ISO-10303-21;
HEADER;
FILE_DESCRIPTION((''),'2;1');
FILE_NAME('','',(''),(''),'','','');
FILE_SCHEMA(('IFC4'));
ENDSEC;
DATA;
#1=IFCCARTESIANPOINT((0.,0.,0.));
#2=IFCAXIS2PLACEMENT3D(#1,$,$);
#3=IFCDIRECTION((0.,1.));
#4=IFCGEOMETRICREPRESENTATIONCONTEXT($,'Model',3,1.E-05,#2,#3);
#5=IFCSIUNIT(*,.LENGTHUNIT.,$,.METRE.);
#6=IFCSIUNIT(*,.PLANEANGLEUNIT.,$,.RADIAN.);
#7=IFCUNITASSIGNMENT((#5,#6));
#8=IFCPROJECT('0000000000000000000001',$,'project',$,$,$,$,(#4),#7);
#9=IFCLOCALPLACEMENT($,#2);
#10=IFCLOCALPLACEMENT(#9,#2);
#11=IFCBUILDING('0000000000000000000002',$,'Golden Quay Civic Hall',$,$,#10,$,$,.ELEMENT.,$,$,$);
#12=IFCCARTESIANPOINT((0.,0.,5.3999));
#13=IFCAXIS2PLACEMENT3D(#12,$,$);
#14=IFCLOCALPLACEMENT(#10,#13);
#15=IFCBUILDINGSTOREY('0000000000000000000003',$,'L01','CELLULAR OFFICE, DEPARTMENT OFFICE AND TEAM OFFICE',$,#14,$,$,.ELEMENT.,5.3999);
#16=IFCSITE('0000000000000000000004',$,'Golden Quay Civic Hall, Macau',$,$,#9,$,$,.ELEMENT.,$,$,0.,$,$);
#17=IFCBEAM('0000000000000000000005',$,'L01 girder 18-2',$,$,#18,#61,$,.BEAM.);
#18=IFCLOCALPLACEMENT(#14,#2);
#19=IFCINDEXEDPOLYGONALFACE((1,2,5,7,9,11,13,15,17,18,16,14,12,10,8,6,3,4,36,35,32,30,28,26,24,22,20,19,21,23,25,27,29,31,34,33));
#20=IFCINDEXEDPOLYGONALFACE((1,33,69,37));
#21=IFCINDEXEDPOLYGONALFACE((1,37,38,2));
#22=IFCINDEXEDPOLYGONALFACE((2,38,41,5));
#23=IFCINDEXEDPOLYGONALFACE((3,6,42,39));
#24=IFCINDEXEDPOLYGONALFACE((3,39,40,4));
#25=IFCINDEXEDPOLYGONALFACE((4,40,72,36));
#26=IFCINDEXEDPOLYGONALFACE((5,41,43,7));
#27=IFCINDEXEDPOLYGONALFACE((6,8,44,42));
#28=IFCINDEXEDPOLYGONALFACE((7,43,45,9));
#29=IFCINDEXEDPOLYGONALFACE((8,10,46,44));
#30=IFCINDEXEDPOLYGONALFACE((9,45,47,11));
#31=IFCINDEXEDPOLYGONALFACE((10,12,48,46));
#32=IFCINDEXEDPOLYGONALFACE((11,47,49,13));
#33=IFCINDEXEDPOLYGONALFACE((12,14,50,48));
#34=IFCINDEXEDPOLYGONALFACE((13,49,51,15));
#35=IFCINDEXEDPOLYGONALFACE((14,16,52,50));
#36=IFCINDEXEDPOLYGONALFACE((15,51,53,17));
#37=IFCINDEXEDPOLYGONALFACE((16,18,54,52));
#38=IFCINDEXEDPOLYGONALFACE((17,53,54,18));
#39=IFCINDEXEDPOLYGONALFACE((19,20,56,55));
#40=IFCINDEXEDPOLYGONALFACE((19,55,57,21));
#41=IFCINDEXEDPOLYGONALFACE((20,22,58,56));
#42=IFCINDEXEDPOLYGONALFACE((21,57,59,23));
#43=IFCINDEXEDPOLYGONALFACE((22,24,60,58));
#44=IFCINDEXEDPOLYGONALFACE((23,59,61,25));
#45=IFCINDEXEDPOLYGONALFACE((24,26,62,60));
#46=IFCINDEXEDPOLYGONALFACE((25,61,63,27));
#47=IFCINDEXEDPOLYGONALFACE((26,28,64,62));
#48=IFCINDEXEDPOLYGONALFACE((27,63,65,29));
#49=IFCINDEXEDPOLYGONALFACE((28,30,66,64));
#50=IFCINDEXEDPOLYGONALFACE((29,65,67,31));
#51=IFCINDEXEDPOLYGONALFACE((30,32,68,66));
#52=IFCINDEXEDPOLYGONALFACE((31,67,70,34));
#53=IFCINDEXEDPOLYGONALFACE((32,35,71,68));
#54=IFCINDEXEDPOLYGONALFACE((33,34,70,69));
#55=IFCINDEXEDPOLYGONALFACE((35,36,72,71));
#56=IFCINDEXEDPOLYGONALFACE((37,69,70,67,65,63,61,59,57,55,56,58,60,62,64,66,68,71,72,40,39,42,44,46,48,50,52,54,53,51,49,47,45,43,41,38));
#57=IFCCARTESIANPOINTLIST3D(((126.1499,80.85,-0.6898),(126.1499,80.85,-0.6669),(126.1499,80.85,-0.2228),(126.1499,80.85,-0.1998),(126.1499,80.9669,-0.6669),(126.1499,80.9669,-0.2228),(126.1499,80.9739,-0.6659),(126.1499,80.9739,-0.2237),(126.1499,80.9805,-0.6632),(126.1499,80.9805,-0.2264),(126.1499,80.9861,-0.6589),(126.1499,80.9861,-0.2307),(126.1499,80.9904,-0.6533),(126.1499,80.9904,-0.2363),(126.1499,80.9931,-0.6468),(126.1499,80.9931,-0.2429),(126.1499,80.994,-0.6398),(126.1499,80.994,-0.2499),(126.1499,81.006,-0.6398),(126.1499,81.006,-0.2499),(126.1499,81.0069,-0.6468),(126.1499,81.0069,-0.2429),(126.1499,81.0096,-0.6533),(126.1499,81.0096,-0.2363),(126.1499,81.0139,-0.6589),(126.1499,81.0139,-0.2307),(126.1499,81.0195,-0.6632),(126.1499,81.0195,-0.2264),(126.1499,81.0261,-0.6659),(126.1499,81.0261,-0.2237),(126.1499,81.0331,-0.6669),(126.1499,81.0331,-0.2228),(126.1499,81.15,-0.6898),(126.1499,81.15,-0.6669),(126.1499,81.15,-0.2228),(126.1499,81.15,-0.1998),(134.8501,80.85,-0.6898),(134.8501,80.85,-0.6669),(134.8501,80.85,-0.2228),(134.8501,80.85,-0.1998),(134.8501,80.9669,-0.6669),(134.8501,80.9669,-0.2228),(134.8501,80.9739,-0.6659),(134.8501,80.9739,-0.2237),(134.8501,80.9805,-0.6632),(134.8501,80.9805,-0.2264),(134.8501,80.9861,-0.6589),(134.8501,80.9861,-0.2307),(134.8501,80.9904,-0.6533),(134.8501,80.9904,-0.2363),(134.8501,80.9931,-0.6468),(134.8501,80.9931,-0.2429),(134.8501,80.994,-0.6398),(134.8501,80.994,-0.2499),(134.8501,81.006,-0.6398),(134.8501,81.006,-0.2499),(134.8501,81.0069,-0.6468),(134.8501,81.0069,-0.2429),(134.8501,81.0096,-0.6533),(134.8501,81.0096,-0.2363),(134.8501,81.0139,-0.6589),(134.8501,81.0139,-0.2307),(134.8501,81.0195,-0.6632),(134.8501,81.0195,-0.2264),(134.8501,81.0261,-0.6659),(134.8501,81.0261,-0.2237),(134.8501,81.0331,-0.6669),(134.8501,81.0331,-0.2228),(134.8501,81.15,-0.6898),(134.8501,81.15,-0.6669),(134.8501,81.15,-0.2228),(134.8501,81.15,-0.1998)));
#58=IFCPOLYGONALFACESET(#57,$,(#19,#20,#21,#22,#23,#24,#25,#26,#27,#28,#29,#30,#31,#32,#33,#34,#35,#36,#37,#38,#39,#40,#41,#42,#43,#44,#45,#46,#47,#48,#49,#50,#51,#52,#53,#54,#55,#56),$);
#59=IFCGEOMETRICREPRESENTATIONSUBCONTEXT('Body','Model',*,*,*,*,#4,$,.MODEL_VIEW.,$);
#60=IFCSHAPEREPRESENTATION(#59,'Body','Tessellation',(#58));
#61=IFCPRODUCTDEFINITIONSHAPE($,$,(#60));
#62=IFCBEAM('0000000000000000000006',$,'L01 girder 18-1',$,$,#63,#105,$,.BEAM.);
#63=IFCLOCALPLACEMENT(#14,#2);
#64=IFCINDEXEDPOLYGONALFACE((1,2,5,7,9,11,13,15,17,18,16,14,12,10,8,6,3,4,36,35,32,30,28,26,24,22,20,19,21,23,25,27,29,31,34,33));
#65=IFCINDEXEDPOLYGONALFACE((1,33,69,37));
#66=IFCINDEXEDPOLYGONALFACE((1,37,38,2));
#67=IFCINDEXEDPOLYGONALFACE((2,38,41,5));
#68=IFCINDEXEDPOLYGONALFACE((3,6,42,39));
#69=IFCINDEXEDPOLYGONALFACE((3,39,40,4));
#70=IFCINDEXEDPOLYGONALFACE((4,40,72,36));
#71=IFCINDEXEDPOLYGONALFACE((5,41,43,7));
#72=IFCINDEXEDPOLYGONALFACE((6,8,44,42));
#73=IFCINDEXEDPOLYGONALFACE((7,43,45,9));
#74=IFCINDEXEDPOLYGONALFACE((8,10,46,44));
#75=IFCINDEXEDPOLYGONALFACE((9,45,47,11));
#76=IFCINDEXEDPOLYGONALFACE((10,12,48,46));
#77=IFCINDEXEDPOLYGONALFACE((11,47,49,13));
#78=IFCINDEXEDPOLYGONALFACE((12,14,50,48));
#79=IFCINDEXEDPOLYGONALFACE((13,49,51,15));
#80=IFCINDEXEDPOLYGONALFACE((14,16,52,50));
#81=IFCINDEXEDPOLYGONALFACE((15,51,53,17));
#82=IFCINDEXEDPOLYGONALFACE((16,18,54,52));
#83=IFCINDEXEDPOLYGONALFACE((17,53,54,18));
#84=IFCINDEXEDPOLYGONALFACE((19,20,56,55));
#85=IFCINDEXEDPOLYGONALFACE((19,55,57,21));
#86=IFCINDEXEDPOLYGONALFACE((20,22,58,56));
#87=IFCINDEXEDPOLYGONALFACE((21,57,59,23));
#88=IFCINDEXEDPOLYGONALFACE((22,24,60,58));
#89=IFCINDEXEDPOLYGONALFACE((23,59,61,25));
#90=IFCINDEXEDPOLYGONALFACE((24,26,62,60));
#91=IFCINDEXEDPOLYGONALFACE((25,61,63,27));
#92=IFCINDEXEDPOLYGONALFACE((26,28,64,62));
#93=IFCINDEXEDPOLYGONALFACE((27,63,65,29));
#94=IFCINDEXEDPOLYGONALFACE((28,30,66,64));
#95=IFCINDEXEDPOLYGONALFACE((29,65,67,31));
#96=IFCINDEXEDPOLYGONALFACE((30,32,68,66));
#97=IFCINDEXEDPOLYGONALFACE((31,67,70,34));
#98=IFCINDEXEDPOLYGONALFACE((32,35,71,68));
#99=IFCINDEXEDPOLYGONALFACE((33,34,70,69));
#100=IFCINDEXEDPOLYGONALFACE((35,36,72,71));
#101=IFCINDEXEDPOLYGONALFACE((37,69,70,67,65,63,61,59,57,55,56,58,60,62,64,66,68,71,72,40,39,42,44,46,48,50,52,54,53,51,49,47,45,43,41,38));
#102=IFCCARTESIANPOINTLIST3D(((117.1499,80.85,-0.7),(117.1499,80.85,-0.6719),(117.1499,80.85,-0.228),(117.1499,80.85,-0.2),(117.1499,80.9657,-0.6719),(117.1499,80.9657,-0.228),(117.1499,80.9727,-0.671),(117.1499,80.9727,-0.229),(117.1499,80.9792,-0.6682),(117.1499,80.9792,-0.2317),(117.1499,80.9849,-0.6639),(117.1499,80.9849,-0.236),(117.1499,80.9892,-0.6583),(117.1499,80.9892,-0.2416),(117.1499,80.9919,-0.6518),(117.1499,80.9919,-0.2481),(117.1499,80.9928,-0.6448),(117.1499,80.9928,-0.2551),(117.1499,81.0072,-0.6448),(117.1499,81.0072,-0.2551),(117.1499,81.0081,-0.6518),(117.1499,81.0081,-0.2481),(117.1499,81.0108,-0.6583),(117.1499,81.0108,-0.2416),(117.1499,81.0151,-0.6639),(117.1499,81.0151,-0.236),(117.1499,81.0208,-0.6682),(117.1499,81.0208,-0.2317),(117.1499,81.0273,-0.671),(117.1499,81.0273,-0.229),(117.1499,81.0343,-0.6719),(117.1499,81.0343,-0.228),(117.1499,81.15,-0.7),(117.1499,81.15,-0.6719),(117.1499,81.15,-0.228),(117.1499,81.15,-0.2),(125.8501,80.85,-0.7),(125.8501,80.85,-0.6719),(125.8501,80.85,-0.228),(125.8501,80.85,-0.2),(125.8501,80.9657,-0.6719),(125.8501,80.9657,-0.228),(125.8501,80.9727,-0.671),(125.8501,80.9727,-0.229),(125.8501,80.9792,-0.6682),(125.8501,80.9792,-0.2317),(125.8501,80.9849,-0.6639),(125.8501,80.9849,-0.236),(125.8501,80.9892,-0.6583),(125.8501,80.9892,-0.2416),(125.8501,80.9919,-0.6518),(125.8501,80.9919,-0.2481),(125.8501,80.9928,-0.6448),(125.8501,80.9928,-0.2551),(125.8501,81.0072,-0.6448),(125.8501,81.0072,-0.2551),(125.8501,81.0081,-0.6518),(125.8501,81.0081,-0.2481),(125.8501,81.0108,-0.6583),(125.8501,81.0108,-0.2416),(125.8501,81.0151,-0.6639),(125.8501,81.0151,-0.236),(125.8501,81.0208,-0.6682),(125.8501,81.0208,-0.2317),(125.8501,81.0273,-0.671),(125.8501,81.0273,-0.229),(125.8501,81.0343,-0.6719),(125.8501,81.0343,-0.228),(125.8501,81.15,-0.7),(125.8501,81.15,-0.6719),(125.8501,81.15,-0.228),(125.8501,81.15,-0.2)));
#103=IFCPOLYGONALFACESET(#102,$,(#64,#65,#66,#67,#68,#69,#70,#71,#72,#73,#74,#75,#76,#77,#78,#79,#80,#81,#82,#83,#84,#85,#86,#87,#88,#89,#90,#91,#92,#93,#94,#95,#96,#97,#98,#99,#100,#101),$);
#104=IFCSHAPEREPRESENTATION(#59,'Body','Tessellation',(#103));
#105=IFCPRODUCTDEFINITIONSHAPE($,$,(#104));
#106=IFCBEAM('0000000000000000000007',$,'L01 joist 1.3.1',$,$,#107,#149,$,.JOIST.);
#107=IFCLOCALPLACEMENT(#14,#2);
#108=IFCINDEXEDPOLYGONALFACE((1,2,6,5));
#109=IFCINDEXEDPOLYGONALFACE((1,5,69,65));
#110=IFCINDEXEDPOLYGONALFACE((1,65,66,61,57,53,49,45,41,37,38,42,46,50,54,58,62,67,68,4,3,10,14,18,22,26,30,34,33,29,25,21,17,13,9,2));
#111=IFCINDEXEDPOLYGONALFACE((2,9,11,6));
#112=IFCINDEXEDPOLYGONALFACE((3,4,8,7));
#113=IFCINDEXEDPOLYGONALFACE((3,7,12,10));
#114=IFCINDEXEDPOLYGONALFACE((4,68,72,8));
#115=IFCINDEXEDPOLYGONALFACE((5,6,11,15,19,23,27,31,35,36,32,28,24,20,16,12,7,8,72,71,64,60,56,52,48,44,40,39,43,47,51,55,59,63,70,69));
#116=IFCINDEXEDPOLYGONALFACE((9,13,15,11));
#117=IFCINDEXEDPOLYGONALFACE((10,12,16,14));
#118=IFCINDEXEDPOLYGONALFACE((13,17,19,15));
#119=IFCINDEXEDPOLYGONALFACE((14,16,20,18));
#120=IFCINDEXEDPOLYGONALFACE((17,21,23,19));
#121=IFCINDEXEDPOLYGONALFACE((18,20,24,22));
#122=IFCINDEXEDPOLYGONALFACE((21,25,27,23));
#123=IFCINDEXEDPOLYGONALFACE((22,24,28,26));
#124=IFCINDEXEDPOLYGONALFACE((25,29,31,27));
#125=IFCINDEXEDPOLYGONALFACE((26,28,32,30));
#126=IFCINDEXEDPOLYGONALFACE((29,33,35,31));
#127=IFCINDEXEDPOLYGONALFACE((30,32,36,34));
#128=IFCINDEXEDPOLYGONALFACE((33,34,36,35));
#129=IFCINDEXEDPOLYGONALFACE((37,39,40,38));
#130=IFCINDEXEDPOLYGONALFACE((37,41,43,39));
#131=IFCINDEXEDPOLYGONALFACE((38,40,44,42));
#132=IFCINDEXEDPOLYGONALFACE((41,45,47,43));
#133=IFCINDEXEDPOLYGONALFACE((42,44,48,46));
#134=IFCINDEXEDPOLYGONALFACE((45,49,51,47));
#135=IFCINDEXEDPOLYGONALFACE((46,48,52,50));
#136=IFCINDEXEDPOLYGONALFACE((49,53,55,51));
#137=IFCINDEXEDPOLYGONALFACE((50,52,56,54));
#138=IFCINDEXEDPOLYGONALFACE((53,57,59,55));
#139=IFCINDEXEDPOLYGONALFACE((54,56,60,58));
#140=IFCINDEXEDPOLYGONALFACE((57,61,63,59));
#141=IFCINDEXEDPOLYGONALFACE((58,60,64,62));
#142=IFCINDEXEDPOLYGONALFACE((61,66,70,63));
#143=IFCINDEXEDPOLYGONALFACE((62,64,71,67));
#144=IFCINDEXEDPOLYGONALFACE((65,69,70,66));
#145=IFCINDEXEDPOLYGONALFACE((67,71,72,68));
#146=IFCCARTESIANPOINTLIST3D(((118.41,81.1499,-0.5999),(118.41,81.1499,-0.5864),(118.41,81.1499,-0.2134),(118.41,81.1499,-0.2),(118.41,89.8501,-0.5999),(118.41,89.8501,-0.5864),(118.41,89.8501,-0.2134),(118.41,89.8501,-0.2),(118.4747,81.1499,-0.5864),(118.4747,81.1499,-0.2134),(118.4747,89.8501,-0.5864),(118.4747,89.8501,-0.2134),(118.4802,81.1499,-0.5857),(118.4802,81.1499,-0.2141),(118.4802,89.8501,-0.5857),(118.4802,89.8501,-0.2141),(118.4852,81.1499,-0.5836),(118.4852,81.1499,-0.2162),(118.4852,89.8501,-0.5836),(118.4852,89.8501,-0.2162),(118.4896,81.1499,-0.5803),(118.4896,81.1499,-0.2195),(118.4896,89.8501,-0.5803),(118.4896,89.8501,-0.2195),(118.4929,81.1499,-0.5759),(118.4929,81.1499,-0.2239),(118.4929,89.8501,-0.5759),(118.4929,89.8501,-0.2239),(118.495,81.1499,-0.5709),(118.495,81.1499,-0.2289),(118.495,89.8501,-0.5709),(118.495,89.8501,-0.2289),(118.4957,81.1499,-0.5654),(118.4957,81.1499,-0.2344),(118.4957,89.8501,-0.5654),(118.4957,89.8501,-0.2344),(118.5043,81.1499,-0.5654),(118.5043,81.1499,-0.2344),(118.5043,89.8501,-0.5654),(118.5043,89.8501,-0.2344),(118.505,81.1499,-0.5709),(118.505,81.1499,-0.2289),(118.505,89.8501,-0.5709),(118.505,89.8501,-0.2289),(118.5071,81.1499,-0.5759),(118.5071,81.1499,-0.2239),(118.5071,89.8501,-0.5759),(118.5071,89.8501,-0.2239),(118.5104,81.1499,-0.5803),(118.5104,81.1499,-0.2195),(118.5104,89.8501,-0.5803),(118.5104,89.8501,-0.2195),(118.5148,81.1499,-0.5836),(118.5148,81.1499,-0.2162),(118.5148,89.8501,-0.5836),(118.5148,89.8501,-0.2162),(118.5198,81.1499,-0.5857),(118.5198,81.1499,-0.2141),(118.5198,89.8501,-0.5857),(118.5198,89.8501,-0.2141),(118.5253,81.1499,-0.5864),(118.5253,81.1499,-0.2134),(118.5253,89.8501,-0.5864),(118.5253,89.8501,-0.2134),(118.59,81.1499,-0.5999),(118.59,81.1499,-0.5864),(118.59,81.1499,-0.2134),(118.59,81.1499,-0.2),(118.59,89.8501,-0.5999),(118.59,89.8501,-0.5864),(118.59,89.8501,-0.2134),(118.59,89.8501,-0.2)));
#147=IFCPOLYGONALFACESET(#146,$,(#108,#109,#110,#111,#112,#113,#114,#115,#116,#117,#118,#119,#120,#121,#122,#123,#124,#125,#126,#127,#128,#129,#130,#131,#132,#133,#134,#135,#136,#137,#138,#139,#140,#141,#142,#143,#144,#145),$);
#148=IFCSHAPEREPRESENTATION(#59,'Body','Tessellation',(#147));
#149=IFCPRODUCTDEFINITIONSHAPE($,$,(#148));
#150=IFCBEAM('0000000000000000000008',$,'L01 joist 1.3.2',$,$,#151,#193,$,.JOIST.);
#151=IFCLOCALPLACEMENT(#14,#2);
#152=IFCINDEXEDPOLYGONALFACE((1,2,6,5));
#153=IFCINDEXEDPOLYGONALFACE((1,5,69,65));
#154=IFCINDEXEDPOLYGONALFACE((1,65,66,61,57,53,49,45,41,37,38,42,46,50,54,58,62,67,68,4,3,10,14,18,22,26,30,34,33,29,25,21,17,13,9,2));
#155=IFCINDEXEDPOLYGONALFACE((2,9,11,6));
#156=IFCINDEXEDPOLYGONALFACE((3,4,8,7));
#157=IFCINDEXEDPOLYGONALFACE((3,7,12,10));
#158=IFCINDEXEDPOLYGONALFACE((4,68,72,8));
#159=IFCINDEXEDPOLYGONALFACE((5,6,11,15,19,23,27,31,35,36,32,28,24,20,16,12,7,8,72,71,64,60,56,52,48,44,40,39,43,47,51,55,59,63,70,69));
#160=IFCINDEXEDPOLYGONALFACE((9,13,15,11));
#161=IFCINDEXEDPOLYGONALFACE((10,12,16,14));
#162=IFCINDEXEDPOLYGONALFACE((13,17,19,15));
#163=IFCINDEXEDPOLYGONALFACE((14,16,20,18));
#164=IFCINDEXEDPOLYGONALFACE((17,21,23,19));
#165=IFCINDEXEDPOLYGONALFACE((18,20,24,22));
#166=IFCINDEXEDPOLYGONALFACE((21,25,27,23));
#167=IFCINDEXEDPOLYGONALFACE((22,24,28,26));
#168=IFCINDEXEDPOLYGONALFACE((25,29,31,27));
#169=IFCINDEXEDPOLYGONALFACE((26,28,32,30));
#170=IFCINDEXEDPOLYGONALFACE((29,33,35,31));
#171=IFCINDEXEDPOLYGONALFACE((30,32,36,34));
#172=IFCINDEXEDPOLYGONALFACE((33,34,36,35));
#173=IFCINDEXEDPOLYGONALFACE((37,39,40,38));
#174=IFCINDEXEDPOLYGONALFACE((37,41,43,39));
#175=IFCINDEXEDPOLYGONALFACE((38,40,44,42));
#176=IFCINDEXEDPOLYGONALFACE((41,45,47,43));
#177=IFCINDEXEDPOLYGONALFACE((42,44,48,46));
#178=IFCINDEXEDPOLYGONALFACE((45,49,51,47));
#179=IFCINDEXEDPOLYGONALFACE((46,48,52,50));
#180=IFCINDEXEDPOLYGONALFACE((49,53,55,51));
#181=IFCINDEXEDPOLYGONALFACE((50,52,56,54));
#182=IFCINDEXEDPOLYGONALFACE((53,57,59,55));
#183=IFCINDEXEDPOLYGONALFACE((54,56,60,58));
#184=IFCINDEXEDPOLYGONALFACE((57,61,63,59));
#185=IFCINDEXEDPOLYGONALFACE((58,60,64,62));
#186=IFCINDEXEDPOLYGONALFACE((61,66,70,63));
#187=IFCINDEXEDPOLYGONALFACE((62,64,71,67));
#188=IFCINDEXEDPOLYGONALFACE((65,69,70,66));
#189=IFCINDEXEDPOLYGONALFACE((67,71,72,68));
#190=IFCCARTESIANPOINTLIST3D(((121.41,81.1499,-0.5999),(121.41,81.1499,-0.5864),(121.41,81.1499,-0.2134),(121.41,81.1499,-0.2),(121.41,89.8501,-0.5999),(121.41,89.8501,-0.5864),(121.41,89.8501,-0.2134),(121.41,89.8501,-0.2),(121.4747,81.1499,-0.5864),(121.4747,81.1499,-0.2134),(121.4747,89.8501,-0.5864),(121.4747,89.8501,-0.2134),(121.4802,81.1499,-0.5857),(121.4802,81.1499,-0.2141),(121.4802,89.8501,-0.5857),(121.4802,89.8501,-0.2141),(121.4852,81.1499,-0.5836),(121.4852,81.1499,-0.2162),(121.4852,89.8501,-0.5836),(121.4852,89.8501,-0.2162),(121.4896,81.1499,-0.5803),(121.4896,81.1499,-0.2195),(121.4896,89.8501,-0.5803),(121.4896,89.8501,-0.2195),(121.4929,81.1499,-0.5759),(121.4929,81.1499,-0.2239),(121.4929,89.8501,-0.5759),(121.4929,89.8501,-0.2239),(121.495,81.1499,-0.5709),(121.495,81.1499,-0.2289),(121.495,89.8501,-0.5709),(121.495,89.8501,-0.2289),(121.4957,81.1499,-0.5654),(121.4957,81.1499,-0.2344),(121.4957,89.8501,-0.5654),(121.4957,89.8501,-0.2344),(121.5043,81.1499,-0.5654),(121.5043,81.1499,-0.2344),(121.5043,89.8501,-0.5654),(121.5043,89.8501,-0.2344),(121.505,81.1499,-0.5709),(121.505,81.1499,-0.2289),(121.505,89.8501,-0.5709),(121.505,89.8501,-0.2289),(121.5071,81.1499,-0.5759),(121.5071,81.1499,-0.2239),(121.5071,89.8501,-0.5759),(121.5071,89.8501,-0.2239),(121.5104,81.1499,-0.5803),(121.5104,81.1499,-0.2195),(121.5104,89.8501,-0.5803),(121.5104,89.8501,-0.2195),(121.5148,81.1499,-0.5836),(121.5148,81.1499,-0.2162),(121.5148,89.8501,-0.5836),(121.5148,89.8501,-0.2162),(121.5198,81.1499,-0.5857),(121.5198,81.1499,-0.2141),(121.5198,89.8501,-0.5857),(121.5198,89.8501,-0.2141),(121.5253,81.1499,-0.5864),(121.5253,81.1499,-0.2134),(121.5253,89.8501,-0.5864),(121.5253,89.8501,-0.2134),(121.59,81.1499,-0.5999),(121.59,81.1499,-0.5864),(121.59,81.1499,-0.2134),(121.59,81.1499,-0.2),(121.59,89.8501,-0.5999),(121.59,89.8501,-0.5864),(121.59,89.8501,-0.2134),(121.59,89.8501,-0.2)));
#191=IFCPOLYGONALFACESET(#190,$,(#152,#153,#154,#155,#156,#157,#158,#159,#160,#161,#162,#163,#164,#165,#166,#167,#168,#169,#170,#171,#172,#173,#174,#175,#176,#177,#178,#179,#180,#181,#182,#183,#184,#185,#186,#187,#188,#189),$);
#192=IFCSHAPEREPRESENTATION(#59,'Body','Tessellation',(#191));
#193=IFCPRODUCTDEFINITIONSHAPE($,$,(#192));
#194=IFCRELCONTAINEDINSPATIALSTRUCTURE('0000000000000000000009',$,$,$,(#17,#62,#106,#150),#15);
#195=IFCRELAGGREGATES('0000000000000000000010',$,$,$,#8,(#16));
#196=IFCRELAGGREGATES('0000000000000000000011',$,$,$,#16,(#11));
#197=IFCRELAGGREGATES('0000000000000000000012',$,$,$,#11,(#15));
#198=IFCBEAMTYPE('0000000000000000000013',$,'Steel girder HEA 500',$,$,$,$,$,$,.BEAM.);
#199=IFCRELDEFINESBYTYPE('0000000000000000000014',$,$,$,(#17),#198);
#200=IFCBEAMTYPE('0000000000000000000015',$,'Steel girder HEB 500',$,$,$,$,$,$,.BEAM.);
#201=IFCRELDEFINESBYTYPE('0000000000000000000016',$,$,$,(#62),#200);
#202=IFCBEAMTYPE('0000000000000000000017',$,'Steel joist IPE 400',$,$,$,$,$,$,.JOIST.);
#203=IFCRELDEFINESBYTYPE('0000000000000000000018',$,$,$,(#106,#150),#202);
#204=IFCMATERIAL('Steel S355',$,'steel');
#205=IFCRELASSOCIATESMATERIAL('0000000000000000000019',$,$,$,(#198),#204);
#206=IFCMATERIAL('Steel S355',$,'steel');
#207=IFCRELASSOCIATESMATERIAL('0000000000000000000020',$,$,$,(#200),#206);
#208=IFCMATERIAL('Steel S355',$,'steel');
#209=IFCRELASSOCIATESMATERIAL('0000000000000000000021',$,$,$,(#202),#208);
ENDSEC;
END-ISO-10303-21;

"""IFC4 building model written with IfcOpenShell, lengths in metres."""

from ifc_helpers import new_model, si_unit, direction, frame, origin, origin_2d, place, context, subcontext, project, spatial, i_section, extrude, material, material_profile, profile_set, type_object, element, save


model = new_model("IFC4")

# Units and contexts
model_context = context("Model", 3, precision=1e-05, world=origin(), true_north=direction((0.0, 1.0)))
body_context = subcontext(model_context, "Body", "Model", "MODEL_VIEW")
ifc_project = project(units=[si_unit("LENGTHUNIT", "METRE"), si_unit("PLANEANGLEUNIT", "RADIAN")], contexts=[model_context])

# Site, building, storey
site_placement = place(None, origin())
site = spatial("IfcSite", under=ifc_project, at=site_placement, Name="Golden Quay Civic Hall, Macau", CompositionType="ELEMENT", RefElevation=0.0)
building_placement = place(site_placement, origin())
building = spatial("IfcBuilding", under=site, at=building_placement, Name="Golden Quay Civic Hall", CompositionType="ELEMENT")
storey_placement = place(building_placement, frame((0.0, 0.0, 5.3999)))
storey = spatial("IfcBuildingStorey", under=building, at=storey_placement, Name="L01", Description="CELLULAR OFFICE, DEPARTMENT OFFICE AND TEAM OFFICE", CompositionType="ELEMENT", Elevation=5.3999)

# Beams
ifc_material_1 = material(Name="Steel S355", Category="steel")
ifc_material_profile_1 = material_profile(ifc_material_1, i_section(OverallWidth=0.3, OverallDepth=0.49, WebThickness=0.012, FlangeThickness=0.0229, FilletRadius=0.0271, at=origin_2d()), Name="HEA 500")
ifc_profile_set_1 = profile_set([ifc_material_profile_1], Name="Steel S355")
beam_type_1 = type_object("IfcBeamType", Name="Steel girder HEA 500", PredefinedType="BEAM", material=ifc_profile_set_1)
beam_1_placement = place(storey_placement, frame((126.1499, 81.0, -0.4448), z_axis=(1.0, 0.0, 0.0), x_axis=(0.0, 1.0, 0.0)))
element("IfcBeam", 1, at=beam_1_placement, inside=storey, type_object=beam_type_1, Name="L01 girder 18-2", PredefinedType="BEAM", context=body_context, shape_type="SweptSolid", body=[
    extrude(i_section(OverallWidth=0.3, OverallDepth=0.49, WebThickness=0.012, FlangeThickness=0.0229, FilletRadius=0.0271, at=origin_2d()), origin(), (0.0, 0.0, 1.0), 8.7002),
])
ifc_material_2 = material(Name="Steel S355", Category="steel")
ifc_material_profile_2 = material_profile(ifc_material_2, i_section(OverallWidth=0.3, OverallDepth=0.5, WebThickness=0.0144, FlangeThickness=0.0281, FilletRadius=0.0271, at=origin_2d()), Name="HEB 500")
ifc_profile_set_2 = profile_set([ifc_material_profile_2], Name="Steel S355")
beam_type_2 = type_object("IfcBeamType", Name="Steel girder HEB 500", PredefinedType="BEAM", material=ifc_profile_set_2)
beam_2_placement = place(storey_placement, frame((117.1499, 81.0, -0.45), z_axis=(1.0, 0.0, 0.0), x_axis=(0.0, 1.0, 0.0)))
element("IfcBeam", 2, at=beam_2_placement, inside=storey, type_object=beam_type_2, Name="L01 girder 18-1", PredefinedType="BEAM", context=body_context, shape_type="SweptSolid", body=[
    extrude(i_section(OverallWidth=0.3, OverallDepth=0.5, WebThickness=0.0144, FlangeThickness=0.0281, FilletRadius=0.0271, at=origin_2d()), origin(), (0.0, 0.0, 1.0), 8.7002),
])
ifc_material_3 = material(Name="Steel S355", Category="steel")
ifc_material_profile_3 = material_profile(ifc_material_3, i_section(OverallWidth=0.1799, OverallDepth=0.3999, WebThickness=0.0085, FlangeThickness=0.0134, FilletRadius=0.021, at=origin_2d()), Name="IPE 400")
ifc_profile_set_3 = profile_set([ifc_material_profile_3], Name="Steel S355")
beam_type_3 = type_object("IfcBeamType", Name="Steel joist IPE 400", PredefinedType="JOIST", material=ifc_profile_set_3)
for number, where, z_axis, x_axis, name in (
    (3, (118.5, 81.1499, -0.3999), (0.0, 1.0, 0.0), (-1.0, 0.0, 0.0), "L01 joist 1.3.1"),
    (4, (121.5, 81.1499, -0.3999), (0.0, 1.0, 0.0), (-1.0, 0.0, 0.0), "L01 joist 1.3.2"),
):
    element("IfcBeam", number, at=place(storey_placement, frame(where, z_axis=z_axis, x_axis=x_axis)), inside=storey, type_object=beam_type_3, Name=name, PredefinedType="JOIST", context=body_context, shape_type="SweptSolid", body=[
        extrude(i_section(OverallWidth=0.1799, OverallDepth=0.3999, WebThickness=0.0085, FlangeThickness=0.0134, FilletRadius=0.021, at=origin_2d()), origin(), (0.0, 0.0, 1.0), 8.7002),
    ])

save(model, "model.ifc")
